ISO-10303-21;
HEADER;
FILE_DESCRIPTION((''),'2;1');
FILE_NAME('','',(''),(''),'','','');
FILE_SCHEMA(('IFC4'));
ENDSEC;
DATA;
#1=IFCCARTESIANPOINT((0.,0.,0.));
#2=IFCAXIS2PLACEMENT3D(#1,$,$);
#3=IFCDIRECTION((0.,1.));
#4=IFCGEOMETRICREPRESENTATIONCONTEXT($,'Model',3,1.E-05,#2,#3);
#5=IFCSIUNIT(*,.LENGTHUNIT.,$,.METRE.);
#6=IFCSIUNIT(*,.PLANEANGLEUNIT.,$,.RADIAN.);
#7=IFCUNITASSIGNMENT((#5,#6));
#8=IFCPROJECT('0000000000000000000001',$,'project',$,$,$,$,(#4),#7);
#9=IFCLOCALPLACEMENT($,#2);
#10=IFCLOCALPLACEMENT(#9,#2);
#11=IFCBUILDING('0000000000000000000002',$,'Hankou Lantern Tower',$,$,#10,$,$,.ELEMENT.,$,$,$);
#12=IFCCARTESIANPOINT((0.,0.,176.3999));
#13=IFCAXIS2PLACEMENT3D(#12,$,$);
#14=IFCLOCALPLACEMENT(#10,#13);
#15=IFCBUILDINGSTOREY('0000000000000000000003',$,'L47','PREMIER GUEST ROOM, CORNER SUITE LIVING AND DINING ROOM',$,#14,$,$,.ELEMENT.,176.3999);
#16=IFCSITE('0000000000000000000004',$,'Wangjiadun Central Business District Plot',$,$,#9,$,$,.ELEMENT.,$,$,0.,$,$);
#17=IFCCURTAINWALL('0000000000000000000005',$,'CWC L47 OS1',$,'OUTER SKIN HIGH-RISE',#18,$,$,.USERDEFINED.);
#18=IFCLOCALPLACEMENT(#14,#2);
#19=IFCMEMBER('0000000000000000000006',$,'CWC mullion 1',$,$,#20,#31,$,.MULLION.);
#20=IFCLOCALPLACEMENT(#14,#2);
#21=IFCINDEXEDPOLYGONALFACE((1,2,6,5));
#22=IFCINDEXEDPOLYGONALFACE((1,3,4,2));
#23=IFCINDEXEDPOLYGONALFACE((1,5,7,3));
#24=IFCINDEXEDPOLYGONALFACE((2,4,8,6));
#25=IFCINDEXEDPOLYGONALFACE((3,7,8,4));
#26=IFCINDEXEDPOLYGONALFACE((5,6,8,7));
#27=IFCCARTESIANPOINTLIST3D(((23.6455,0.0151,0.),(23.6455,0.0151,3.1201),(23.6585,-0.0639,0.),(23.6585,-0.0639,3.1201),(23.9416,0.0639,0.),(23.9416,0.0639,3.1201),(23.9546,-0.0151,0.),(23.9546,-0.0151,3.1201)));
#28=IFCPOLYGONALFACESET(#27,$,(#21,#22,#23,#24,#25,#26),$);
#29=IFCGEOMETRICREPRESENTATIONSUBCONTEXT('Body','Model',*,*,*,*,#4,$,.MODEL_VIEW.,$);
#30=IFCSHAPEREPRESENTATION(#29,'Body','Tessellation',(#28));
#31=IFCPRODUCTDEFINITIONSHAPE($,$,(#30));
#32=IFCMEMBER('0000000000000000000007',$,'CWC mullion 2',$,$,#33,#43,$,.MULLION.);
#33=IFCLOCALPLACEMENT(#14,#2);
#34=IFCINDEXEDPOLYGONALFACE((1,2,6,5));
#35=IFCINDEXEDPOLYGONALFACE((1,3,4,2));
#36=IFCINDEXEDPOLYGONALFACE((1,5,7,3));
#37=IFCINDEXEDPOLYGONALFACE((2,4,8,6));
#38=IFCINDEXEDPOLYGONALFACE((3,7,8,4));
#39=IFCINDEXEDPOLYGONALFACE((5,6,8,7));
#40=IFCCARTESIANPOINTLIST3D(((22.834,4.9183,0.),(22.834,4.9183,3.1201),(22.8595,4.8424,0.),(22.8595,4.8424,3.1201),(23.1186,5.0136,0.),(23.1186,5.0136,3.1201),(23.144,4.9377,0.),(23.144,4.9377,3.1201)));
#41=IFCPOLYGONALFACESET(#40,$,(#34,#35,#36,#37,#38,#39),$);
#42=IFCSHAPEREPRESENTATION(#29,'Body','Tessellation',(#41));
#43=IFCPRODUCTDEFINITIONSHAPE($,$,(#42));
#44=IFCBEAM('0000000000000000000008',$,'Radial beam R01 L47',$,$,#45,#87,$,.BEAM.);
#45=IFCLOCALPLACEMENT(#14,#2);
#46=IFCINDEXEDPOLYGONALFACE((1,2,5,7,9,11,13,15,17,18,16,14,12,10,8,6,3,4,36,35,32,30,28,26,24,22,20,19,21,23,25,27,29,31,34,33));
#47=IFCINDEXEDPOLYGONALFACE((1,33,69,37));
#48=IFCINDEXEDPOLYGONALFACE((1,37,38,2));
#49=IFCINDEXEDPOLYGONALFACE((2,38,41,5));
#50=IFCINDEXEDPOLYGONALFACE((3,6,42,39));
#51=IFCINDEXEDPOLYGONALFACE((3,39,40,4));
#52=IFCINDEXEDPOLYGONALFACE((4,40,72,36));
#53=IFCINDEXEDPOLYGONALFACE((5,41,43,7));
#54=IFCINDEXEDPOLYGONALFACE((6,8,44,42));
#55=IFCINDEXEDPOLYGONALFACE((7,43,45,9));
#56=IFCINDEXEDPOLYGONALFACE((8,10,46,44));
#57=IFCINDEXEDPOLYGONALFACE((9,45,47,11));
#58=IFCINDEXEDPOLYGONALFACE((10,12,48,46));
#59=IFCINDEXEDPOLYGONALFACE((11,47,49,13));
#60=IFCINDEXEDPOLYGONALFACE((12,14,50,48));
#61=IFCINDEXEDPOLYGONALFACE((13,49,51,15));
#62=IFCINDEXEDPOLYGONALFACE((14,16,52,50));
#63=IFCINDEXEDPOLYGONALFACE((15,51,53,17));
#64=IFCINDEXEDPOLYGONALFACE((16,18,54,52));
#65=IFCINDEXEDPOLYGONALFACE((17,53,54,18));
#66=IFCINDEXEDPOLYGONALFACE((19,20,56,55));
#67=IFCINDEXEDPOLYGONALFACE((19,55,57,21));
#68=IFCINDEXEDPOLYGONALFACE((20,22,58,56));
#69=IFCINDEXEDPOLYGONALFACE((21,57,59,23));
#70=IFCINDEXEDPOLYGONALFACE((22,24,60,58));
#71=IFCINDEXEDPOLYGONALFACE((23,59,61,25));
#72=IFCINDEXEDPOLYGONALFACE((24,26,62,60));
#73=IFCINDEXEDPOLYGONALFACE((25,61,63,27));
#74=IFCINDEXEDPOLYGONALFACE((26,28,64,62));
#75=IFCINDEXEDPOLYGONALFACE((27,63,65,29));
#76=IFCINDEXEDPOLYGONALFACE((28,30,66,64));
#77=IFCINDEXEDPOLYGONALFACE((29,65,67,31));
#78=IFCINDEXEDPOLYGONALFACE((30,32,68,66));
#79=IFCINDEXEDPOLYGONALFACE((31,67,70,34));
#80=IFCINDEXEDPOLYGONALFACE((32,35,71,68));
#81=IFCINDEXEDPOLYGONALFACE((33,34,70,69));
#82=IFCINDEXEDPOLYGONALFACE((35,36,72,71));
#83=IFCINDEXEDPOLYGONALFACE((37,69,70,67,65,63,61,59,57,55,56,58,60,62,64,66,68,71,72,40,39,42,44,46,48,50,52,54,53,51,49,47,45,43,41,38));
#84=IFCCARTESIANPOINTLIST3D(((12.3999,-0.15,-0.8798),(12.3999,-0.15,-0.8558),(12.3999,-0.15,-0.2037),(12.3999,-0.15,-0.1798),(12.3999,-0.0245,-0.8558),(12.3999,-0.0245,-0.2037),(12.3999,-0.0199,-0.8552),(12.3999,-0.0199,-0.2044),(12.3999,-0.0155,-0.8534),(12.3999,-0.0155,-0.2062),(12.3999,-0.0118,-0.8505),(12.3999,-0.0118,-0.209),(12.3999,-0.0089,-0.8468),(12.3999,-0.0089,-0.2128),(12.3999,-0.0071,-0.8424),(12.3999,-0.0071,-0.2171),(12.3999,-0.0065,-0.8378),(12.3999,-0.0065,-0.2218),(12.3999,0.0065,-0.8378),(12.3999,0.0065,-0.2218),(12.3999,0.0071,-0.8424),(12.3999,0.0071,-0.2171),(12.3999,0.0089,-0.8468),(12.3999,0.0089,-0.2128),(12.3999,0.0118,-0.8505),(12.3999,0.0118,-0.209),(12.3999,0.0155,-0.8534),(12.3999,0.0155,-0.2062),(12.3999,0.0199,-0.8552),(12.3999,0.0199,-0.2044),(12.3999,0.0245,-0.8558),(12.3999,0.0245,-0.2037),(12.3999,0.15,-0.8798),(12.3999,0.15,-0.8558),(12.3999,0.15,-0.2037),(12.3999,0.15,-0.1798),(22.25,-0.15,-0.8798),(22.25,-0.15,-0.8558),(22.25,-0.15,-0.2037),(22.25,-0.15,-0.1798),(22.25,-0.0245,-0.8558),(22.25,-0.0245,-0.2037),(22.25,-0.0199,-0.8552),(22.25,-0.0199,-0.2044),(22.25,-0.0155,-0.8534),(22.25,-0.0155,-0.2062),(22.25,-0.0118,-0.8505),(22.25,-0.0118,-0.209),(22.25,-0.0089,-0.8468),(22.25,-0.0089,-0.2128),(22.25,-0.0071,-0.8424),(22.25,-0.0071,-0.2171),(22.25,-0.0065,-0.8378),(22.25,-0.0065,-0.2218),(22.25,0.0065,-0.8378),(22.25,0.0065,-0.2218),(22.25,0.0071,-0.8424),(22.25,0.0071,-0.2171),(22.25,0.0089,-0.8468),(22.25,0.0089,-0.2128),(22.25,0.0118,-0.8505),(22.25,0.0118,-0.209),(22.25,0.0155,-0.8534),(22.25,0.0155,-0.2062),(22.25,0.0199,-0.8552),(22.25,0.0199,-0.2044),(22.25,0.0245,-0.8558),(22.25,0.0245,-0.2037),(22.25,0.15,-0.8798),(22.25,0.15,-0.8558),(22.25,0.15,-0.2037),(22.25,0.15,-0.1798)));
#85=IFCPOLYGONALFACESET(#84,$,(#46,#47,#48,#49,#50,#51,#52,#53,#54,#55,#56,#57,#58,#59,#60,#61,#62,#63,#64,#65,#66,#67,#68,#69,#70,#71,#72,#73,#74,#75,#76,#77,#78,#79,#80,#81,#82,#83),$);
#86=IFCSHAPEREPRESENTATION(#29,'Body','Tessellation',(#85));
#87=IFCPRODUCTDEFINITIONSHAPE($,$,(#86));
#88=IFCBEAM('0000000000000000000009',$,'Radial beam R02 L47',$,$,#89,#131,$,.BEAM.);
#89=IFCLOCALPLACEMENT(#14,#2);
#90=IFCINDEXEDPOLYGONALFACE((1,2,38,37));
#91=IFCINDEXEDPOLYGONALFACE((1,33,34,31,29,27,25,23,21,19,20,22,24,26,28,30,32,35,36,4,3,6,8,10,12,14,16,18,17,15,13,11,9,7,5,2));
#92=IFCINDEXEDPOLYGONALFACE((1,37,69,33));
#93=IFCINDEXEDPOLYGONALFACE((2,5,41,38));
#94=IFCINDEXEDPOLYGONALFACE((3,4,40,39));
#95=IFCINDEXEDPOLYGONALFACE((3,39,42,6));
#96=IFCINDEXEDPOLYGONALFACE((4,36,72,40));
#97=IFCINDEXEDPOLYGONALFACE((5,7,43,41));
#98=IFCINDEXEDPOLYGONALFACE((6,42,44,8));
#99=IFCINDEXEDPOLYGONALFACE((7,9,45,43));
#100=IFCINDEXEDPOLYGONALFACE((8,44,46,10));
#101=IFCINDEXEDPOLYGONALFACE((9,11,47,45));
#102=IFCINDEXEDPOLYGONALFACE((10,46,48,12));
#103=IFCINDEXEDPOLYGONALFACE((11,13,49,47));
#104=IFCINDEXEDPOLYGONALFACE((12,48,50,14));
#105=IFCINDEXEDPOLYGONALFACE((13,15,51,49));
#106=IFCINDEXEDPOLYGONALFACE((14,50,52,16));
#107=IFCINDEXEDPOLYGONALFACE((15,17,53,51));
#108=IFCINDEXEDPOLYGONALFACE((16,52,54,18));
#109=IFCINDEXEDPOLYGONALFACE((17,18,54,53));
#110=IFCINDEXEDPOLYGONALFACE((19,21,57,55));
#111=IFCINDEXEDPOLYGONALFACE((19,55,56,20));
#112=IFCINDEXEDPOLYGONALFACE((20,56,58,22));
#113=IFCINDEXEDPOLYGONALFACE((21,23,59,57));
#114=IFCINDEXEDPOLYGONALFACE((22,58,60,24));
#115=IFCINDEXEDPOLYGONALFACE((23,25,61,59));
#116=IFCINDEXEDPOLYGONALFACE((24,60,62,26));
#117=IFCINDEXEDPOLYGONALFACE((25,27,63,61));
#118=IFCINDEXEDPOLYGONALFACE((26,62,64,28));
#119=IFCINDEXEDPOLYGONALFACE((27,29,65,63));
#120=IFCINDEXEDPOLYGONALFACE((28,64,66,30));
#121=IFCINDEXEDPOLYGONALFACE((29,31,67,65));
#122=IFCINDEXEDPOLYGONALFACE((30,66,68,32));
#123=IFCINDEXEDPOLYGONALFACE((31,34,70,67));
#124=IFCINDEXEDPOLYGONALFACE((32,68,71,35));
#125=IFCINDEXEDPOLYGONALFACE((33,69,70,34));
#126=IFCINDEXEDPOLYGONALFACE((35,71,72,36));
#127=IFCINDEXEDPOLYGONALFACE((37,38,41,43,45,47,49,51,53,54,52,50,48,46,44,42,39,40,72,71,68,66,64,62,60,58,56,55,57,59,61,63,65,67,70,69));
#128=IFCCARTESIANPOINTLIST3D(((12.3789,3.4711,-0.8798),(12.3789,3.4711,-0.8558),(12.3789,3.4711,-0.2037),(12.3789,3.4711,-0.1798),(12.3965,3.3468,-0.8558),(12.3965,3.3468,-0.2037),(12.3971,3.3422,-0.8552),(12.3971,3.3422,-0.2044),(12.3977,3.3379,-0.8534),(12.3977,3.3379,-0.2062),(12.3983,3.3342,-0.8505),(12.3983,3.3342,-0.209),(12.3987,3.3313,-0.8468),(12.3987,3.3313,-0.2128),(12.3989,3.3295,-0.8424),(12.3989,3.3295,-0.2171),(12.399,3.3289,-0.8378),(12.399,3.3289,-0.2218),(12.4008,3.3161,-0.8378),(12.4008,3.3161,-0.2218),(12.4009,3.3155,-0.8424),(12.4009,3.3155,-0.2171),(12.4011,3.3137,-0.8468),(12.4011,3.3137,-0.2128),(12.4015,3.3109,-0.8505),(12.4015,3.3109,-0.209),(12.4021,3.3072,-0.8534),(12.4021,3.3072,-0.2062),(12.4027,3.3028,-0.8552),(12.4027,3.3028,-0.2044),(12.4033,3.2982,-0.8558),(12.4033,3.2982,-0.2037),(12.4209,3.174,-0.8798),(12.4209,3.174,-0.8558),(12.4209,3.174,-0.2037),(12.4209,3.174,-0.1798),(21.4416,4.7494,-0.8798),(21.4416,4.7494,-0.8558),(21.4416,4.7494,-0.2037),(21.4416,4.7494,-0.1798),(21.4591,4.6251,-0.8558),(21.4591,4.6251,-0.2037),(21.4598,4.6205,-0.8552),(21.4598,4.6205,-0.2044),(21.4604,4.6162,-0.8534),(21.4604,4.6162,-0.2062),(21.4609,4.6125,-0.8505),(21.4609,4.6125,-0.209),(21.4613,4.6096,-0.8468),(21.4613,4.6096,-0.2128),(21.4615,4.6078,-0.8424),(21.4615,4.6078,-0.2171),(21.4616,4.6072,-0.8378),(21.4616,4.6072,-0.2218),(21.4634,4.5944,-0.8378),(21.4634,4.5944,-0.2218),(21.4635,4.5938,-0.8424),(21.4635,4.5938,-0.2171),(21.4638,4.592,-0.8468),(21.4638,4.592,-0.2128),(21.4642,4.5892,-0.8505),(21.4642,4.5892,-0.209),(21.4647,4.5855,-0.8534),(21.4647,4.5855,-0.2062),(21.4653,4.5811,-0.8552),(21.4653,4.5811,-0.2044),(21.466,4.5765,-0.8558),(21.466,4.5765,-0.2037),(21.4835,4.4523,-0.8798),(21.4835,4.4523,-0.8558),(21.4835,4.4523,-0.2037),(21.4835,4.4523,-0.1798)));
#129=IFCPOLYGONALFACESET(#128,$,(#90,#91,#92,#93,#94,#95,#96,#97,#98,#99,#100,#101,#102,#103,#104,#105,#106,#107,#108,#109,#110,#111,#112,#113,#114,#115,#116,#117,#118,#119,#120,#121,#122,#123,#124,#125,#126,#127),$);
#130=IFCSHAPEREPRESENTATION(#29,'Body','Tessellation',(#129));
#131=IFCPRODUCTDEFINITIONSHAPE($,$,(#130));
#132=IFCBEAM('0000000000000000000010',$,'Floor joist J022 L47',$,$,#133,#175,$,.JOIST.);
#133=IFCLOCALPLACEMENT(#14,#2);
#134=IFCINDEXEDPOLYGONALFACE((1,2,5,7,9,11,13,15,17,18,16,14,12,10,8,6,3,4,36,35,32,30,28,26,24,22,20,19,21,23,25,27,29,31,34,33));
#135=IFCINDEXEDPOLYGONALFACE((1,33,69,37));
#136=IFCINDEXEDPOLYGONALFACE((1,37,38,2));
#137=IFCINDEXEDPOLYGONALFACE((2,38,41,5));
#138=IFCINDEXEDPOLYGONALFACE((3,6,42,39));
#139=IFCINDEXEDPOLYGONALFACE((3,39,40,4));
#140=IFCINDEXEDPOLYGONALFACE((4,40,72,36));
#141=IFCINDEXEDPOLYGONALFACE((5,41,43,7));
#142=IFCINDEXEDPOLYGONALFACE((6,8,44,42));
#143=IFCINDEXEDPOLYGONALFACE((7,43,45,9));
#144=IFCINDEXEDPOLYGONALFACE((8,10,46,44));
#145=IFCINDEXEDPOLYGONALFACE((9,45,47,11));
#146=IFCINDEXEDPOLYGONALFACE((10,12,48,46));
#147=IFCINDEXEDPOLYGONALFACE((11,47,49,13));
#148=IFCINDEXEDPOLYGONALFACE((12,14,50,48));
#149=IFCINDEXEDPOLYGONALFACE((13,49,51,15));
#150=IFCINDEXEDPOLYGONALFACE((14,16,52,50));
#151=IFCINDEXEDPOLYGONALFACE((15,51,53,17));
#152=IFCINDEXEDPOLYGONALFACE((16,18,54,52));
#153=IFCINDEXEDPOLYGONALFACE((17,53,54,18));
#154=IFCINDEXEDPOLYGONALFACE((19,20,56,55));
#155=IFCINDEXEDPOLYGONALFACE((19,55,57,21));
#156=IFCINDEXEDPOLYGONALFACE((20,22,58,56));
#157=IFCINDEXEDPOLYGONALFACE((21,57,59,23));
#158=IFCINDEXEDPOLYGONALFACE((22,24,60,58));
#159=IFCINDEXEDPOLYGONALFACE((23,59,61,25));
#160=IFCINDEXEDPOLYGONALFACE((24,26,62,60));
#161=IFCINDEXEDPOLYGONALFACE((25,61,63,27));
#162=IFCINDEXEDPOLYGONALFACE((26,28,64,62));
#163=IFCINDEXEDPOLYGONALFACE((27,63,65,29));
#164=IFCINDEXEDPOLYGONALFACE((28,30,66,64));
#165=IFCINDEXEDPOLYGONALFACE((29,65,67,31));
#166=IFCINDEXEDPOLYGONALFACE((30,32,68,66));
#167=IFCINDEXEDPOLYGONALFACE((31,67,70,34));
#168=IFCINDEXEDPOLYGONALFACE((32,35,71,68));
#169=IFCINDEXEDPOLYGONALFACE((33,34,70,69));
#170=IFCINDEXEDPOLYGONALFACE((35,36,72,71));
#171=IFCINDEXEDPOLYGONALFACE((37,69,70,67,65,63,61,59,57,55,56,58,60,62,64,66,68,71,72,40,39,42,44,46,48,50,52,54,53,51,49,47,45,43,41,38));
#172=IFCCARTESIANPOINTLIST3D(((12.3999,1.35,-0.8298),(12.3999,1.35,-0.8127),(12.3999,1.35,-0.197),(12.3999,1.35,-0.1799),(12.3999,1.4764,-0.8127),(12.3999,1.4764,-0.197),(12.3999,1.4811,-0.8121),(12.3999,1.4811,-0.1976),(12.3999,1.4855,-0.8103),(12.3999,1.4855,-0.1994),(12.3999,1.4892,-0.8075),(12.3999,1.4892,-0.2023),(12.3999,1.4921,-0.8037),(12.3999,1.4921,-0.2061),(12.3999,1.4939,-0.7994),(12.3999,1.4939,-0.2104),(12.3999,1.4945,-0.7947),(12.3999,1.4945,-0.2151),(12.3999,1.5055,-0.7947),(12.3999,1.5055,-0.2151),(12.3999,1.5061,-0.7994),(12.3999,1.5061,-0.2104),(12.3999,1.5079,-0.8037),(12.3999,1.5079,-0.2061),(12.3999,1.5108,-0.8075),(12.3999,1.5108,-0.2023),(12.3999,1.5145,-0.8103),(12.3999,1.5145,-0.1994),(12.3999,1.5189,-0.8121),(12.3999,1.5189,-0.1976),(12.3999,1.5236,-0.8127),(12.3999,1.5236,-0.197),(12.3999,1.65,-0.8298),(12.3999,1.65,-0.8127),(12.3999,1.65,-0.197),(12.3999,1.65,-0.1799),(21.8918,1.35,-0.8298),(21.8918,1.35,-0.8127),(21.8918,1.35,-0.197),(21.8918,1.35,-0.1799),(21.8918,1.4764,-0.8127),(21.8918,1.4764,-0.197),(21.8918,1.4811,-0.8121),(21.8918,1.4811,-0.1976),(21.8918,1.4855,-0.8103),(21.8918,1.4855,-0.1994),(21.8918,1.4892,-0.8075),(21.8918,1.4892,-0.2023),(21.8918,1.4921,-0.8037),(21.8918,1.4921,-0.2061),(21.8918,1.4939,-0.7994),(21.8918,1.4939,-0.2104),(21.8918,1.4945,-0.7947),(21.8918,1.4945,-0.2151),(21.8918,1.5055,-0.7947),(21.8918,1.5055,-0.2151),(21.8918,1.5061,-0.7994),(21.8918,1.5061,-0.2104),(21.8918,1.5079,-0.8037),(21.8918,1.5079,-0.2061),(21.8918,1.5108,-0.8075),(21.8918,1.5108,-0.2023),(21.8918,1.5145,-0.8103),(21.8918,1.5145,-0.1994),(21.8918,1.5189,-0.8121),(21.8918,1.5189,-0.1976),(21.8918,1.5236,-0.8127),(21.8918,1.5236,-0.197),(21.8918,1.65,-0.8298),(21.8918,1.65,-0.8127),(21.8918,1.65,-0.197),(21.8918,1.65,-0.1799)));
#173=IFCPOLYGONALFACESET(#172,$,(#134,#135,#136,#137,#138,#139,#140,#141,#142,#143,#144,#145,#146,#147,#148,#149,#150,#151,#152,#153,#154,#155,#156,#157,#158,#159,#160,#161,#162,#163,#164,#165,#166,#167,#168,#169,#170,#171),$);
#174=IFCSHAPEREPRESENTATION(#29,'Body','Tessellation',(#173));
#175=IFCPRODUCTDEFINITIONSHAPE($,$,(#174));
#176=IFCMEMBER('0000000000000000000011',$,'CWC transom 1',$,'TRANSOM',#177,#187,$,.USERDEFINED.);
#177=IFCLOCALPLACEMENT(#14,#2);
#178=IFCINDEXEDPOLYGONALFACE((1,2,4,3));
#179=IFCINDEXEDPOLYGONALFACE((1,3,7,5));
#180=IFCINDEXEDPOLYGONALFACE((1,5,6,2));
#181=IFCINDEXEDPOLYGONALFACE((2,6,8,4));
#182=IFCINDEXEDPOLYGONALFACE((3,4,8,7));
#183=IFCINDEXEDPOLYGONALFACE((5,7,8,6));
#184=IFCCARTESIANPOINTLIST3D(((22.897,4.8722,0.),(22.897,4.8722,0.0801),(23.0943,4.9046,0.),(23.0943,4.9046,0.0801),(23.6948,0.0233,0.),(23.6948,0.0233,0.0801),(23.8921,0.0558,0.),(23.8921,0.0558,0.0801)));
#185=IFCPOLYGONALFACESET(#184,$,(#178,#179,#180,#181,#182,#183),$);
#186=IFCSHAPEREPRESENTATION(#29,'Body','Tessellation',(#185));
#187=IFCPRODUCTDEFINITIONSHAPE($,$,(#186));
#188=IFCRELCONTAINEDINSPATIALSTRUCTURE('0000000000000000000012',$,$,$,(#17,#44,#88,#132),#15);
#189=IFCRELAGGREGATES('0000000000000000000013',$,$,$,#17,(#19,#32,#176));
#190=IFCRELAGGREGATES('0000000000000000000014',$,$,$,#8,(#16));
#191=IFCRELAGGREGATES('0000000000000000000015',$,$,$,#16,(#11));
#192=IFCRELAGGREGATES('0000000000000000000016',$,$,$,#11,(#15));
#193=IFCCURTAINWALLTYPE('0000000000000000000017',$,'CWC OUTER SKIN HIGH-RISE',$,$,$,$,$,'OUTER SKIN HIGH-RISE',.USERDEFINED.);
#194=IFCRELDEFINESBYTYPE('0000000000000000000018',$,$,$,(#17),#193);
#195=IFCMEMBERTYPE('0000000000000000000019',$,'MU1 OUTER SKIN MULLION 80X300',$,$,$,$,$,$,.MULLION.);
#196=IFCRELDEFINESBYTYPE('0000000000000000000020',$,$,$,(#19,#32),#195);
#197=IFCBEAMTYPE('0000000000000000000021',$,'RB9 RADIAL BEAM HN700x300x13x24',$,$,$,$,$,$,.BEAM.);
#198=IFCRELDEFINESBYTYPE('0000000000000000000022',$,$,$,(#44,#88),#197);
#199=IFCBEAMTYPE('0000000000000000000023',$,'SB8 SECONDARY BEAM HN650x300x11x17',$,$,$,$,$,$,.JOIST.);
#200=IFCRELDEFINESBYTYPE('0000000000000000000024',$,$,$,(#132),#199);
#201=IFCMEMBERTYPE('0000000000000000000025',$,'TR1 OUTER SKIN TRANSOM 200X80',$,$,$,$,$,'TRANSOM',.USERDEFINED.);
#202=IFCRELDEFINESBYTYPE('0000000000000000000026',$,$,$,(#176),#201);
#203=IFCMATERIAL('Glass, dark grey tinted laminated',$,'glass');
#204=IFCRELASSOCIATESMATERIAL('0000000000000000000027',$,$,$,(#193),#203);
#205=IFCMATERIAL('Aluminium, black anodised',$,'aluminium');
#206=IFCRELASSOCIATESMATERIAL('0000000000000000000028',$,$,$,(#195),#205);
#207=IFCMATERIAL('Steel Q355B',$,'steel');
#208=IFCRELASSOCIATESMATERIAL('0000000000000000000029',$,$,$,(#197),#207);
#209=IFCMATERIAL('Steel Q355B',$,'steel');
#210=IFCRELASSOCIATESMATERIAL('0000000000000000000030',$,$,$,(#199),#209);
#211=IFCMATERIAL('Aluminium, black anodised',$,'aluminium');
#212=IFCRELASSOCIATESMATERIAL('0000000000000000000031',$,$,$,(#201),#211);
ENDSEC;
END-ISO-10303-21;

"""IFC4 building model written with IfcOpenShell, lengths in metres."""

from ifc_helpers import new_model, si_unit, direction, frame, origin, origin_2d, place, context, subcontext, project, spatial, rectangle, i_section, extrude, material, material_profile, profile_set, type_object, element, aggregate, save


model = new_model("IFC4")

# Units and contexts
model_context = context("Model", 3, precision=1e-05, world=origin(), true_north=direction((0.0, 1.0)))
body_context = subcontext(model_context, "Body", "Model", "MODEL_VIEW")
ifc_project = project(units=[si_unit("LENGTHUNIT", "METRE"), si_unit("PLANEANGLEUNIT", "RADIAN")], contexts=[model_context])

# Site, building, storey
site_placement = place(None, origin())
site = spatial("IfcSite", under=ifc_project, at=site_placement, Name="Wangjiadun Central Business District Plot", CompositionType="ELEMENT", RefElevation=0.0)
building_placement = place(site_placement, origin())
building = spatial("IfcBuilding", under=site, at=building_placement, Name="Hankou Lantern Tower", CompositionType="ELEMENT")
storey_placement = place(building_placement, frame((0.0, 0.0, 176.3999)))
storey = spatial("IfcBuildingStorey", under=building, at=storey_placement, Name="L47", Description="PREMIER GUEST ROOM, CORNER SUITE LIVING AND DINING ROOM", CompositionType="ELEMENT", Elevation=176.3999)

# Curtain wall, members
ifc_material_1 = material(Name="Glass, dark grey tinted laminated", Category="glass")
curtain_wall_type = type_object("IfcCurtainWallType", Name="CWC OUTER SKIN HIGH-RISE", ElementType="OUTER SKIN HIGH-RISE", PredefinedType="USERDEFINED", material=ifc_material_1)
curtain_wall_placement = place(storey_placement, origin())
curtain_wall = element("IfcCurtainWall", 1, at=curtain_wall_placement, inside=storey, type_object=curtain_wall_type, Name="CWC L47 OS1", ObjectType="OUTER SKIN HIGH-RISE", PredefinedType="USERDEFINED")
ifc_material_2 = material(Name="Aluminium, black anodised", Category="aluminium")
ifc_material_profile_1 = material_profile(ifc_material_2, rectangle(XDim=0.0801, YDim=0.3, at=origin_2d()), Name="MU1 80X300")
ifc_profile_set_1 = profile_set([ifc_material_profile_1], Name="Aluminium, black anodised")
member_type_1 = type_object("IfcMemberType", Name="MU1 OUTER SKIN MULLION 80X300", PredefinedType="MULLION", material=ifc_profile_set_1)
member_1_placement = place(storey_placement, frame((23.8, 0.0, 0.0), z_axis=(0.0, 0.0, 1.0), x_axis=(-0.162382, 0.986728, 0.0)))
member_1 = element("IfcMember", 2, at=member_1_placement, type_object=member_type_1, Name="CWC mullion 1", PredefinedType="MULLION", context=body_context, shape_type="SweptSolid", body=[
    extrude(rectangle(XDim=0.0801, YDim=0.3, at=origin_2d()), origin(), (0.0, 0.0, 1.0), 3.1201),
])
member_2_placement = place(storey_placement, frame((22.989, 4.928, 0.0), z_axis=(0.0, 0.0, 1.0), x_axis=(-0.317596, 0.948226, 0.0)))
member_2 = element("IfcMember", 3, at=member_2_placement, type_object=member_type_1, Name="CWC mullion 2", PredefinedType="MULLION", context=body_context, shape_type="SweptSolid", body=[
    extrude(rectangle(XDim=0.0801, YDim=0.3, at=origin_2d()), origin(), (0.0, 0.0, 1.0), 3.1201),
])

# Beams
ifc_material_3 = material(Name="Steel Q355B", Category="steel")
ifc_material_profile_2 = material_profile(ifc_material_3, i_section(OverallWidth=0.3, OverallDepth=0.7, WebThickness=0.0129, FlangeThickness=0.0239, FilletRadius=0.0181, at=origin_2d()), Name="HN700x300x13x24")
ifc_profile_set_2 = profile_set([ifc_material_profile_2], Name="Steel Q355B")
beam_type_1 = type_object("IfcBeamType", Name="RB9 RADIAL BEAM HN700x300x13x24", PredefinedType="BEAM", material=ifc_profile_set_2)
beam_1_placement = place(storey_placement, frame((12.3999, 0.0, -0.5298), z_axis=(1.0, 0.0, 0.0), x_axis=(0.0, 1.0, 0.0)))
element("IfcBeam", 4, at=beam_1_placement, inside=storey, type_object=beam_type_1, Name="Radial beam R01 L47", PredefinedType="BEAM", context=body_context, shape_type="SweptSolid", body=[
    extrude(i_section(OverallWidth=0.3, OverallDepth=0.7, WebThickness=0.0129, FlangeThickness=0.0239, FilletRadius=0.0181, at=origin_2d()), origin(), (0.0, 0.0, 1.0), 9.8501),
])
beam_2_placement = place(storey_placement, frame((12.3999, 3.3225, -0.5298), z_axis=(0.990198, 0.13967, 0.0), x_axis=(-0.13967, 0.990198, 0.0)))
element("IfcBeam", 5, at=beam_2_placement, inside=storey, type_object=beam_type_1, Name="Radial beam R02 L47", PredefinedType="BEAM", context=body_context, shape_type="SweptSolid", body=[
    extrude(i_section(OverallWidth=0.3, OverallDepth=0.7, WebThickness=0.0129, FlangeThickness=0.0239, FilletRadius=0.0181, at=origin_2d()), origin(), (0.0, 0.0, 1.0), 9.1523),
])
ifc_material_4 = material(Name="Steel Q355B", Category="steel")
ifc_material_profile_3 = material_profile(ifc_material_4, i_section(OverallWidth=0.3, OverallDepth=0.6499, WebThickness=0.011, FlangeThickness=0.0171, FilletRadius=0.0181, at=origin_2d()), Name="HN650x300x11x17")
ifc_profile_set_3 = profile_set([ifc_material_profile_3], Name="Steel Q355B")
beam_type_2 = type_object("IfcBeamType", Name="SB8 SECONDARY BEAM HN650x300x11x17", PredefinedType="JOIST", material=ifc_profile_set_3)
beam_3_placement = place(storey_placement, frame((12.3999, 1.5, -0.5049), z_axis=(1.0, 0.0, 0.0), x_axis=(0.0, 1.0, 0.0)))
element("IfcBeam", 6, at=beam_3_placement, inside=storey, type_object=beam_type_2, Name="Floor joist J022 L47", PredefinedType="JOIST", context=body_context, shape_type="SweptSolid", body=[
    extrude(i_section(OverallWidth=0.3, OverallDepth=0.6499, WebThickness=0.011, FlangeThickness=0.0171, FilletRadius=0.0181, at=origin_2d()), origin(), (0.0, 0.0, 1.0), 9.4919),
])

# Member
ifc_material_5 = material(Name="Aluminium, black anodised", Category="aluminium")
ifc_material_profile_4 = material_profile(ifc_material_5, rectangle(XDim=0.2, YDim=0.0801, at=origin_2d()), Name="TR1 200X80")
ifc_profile_set_4 = profile_set([ifc_material_profile_4], Name="Aluminium, black anodised")
member_type_2 = type_object("IfcMemberType", Name="TR1 OUTER SKIN TRANSOM 200X80", ElementType="TRANSOM", PredefinedType="USERDEFINED", material=ifc_profile_set_4)
member_3_placement = place(storey_placement, frame((23.7935, 0.0396, 0.04), z_axis=(-0.16236, 0.986732, 0.0), x_axis=(-0.986732, -0.16236, 0.0)))
member_3 = element("IfcMember", 7, at=member_3_placement, type_object=member_type_2, Name="CWC transom 1", ObjectType="TRANSOM", PredefinedType="USERDEFINED", context=body_context, shape_type="SweptSolid", body=[
    extrude(rectangle(XDim=0.2, YDim=0.0801, at=origin_2d()), origin(), (0.0, 0.0, 1.0), 4.9141),
])

aggregate(curtain_wall, [member_1, member_2, member_3])

save(model, "model.ifc")
